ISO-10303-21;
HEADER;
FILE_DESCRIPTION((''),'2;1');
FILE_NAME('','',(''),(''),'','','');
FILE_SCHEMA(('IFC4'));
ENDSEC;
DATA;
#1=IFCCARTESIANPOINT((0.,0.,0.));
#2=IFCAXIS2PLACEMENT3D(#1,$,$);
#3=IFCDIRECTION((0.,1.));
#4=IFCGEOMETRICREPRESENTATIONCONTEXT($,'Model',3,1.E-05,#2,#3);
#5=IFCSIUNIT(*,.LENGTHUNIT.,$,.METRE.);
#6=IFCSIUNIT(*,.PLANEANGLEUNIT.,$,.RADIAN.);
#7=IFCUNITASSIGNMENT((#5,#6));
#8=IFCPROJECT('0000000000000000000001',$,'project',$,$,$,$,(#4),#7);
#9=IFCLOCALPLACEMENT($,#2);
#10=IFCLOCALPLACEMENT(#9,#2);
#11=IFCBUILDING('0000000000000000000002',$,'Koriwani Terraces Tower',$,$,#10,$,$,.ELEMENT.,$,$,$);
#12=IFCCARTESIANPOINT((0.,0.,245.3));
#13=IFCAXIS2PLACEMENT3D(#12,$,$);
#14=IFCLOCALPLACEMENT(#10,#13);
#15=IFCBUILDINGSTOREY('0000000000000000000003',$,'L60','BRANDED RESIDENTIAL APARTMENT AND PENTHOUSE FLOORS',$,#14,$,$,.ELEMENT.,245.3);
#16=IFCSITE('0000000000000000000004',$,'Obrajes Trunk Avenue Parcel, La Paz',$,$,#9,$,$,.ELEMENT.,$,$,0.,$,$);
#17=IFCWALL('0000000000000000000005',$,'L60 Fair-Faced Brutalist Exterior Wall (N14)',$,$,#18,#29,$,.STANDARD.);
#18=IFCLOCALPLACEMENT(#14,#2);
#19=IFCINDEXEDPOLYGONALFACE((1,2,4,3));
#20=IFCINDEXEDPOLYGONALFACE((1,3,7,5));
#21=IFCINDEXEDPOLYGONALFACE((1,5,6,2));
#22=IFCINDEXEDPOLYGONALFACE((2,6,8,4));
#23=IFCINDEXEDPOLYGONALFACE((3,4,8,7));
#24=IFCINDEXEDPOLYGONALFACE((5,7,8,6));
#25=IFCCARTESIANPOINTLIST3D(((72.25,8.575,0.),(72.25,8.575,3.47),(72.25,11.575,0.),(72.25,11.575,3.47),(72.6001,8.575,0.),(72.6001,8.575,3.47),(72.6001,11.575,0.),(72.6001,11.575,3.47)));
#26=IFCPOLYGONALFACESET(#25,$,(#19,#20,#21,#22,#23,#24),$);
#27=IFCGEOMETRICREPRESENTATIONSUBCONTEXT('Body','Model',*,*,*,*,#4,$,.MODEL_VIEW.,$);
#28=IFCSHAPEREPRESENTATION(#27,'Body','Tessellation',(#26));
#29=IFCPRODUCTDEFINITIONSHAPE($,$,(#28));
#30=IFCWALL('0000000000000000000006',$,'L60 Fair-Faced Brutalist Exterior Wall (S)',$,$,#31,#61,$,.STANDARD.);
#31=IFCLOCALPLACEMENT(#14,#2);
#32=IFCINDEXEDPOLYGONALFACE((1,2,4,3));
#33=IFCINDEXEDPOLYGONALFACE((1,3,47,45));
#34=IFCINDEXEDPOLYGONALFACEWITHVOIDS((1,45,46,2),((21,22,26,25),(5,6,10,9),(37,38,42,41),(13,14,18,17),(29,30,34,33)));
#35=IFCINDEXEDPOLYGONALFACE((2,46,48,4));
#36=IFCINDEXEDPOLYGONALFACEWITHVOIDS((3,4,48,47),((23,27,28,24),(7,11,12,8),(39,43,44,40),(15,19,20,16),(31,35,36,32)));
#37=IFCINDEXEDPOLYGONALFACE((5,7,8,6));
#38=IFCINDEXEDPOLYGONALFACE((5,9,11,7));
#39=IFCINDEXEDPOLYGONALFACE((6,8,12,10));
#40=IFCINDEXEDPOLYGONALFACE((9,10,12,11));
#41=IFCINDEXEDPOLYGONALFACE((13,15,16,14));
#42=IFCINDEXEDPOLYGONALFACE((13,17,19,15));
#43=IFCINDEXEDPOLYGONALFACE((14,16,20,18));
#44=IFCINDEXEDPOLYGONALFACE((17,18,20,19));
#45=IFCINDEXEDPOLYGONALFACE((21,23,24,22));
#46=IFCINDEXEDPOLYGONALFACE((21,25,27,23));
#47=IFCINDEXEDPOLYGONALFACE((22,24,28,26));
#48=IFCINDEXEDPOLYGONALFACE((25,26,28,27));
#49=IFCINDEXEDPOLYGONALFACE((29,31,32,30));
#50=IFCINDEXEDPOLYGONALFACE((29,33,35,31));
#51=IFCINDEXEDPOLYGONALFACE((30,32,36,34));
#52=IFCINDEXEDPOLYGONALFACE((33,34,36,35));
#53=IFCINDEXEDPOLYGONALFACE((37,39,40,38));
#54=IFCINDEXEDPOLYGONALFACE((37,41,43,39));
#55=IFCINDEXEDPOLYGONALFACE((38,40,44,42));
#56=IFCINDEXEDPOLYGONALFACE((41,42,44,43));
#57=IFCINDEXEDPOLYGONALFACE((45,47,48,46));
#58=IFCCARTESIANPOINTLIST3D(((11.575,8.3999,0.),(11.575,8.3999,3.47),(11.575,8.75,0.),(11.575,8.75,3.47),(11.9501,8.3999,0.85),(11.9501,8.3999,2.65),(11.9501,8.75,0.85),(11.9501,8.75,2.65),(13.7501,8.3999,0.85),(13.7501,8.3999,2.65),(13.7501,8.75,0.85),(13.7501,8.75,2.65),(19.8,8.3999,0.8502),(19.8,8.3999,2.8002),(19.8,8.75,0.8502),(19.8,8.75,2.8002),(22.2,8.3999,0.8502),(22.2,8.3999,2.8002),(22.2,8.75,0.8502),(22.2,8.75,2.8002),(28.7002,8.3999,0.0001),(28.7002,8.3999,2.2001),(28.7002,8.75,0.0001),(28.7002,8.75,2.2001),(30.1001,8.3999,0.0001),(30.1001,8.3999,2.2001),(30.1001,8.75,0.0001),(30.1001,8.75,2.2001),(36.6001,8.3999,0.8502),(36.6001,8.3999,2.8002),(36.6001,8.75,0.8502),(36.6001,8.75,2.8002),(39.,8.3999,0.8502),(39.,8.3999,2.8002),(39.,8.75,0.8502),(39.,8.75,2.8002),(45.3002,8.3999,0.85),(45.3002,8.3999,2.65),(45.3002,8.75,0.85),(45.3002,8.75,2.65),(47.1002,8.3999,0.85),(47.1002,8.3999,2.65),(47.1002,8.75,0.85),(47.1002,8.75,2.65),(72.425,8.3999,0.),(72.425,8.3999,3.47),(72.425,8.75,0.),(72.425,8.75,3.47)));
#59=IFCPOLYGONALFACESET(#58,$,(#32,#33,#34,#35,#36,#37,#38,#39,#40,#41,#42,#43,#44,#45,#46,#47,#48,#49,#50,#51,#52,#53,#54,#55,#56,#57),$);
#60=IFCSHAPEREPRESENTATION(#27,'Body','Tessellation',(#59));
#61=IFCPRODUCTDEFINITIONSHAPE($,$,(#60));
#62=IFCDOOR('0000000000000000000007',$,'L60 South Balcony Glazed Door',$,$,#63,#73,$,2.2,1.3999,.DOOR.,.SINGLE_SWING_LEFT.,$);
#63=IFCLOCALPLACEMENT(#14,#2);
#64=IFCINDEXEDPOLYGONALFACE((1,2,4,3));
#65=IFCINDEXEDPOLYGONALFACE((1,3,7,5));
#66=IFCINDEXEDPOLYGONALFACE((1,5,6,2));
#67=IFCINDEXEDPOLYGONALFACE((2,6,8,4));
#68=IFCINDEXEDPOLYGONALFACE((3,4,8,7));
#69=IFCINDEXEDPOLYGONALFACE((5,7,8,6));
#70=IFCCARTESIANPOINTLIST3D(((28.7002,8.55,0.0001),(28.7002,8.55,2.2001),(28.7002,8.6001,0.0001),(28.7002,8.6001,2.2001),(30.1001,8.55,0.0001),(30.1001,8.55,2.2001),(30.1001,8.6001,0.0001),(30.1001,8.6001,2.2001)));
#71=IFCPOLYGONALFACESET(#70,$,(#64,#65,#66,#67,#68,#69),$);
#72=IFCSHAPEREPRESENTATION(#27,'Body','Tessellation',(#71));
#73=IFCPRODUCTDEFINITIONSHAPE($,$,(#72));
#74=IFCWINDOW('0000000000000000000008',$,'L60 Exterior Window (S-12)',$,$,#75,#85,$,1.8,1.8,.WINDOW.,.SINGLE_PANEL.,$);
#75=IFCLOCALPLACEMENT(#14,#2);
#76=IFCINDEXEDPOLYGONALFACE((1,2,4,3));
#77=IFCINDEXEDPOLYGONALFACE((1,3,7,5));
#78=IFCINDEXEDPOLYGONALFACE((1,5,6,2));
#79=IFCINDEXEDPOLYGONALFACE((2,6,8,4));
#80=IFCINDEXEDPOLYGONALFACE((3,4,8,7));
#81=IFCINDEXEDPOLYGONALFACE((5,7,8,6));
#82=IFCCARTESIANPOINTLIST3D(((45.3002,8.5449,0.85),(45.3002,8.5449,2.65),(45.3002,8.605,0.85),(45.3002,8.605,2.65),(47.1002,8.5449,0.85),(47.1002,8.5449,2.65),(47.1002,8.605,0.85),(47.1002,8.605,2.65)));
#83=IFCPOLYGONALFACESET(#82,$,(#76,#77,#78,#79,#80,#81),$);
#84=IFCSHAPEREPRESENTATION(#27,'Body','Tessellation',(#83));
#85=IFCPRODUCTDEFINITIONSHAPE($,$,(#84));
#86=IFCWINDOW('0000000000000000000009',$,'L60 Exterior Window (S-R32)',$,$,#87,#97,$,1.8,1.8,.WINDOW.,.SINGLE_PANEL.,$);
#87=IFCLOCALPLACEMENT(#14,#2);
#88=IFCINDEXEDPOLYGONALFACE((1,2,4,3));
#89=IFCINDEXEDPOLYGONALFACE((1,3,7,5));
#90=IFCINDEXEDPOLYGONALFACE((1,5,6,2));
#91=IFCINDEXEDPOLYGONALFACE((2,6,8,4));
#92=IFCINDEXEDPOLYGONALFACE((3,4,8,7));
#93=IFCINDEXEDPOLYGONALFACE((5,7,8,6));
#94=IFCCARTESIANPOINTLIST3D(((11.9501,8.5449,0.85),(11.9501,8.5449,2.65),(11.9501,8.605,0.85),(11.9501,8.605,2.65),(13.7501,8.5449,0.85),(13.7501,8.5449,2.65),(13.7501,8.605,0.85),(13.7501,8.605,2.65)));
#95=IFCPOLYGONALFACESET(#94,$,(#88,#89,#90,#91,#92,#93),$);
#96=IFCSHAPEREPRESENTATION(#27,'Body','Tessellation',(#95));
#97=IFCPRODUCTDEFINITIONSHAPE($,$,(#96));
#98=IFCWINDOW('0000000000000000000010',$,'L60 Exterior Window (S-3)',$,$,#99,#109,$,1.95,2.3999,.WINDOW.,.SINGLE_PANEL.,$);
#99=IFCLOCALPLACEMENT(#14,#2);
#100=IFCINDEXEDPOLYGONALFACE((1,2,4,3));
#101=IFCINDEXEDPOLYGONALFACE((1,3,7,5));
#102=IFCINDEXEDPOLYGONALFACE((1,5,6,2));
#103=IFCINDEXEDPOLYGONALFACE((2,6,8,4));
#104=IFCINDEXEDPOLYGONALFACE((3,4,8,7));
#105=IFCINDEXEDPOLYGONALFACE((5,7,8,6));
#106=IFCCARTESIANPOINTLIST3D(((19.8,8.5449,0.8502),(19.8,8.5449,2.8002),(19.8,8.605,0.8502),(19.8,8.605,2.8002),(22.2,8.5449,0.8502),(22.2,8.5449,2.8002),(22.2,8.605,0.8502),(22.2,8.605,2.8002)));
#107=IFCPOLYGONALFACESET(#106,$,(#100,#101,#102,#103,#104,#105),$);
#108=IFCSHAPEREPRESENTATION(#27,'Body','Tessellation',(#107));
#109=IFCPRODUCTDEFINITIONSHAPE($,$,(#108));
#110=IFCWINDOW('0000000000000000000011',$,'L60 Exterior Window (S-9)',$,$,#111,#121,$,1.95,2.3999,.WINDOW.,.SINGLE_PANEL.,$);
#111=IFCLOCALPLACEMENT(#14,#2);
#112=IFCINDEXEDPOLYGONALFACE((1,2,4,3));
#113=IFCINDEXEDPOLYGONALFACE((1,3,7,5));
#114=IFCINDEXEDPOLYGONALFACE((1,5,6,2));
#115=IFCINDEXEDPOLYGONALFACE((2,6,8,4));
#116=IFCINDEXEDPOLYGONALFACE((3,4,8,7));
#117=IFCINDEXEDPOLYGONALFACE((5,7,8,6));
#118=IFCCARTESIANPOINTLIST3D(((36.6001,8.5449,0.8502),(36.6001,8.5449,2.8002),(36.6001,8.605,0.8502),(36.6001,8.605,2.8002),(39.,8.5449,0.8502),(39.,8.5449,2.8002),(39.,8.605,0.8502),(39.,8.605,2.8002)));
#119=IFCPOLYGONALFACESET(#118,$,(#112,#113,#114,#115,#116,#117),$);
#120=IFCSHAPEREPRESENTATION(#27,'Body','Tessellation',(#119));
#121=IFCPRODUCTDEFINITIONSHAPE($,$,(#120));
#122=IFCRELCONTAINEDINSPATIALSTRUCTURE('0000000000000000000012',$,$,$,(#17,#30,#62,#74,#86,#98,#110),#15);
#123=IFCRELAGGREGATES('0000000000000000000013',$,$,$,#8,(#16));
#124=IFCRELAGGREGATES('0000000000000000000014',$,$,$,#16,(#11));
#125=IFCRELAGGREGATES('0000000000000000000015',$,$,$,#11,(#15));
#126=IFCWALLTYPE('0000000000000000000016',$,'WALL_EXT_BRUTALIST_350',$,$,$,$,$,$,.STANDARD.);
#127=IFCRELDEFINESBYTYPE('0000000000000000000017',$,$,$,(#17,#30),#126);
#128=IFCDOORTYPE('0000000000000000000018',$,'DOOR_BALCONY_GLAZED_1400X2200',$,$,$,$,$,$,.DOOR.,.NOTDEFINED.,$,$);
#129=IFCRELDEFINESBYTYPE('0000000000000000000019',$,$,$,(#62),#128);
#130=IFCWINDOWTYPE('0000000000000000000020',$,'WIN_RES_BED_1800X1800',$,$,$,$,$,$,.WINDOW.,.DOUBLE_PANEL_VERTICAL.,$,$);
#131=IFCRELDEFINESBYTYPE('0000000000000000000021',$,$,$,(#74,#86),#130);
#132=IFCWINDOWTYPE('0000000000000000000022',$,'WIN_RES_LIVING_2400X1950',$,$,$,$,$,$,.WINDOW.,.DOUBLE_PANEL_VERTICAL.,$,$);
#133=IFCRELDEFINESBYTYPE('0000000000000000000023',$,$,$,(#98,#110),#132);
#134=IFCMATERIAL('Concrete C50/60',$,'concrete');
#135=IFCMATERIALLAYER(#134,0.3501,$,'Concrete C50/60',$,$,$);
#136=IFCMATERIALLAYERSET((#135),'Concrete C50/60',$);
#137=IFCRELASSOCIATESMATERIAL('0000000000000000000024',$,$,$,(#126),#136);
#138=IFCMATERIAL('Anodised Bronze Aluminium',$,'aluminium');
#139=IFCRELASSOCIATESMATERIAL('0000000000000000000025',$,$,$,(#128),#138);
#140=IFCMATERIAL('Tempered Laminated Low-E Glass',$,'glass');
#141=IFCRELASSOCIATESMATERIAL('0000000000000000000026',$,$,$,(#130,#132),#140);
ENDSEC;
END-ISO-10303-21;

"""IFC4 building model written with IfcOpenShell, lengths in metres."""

from ifc_helpers import new_model, si_unit, direction, frame, frame_2d, origin, place, context, subcontext, project, spatial, rectangle, extrude, material, layer, layer_set, type_object, element, fill, save


model = new_model("IFC4")

# Units and contexts
model_context = context("Model", 3, precision=1e-05, world=origin(), true_north=direction((0.0, 1.0)))
body_context = subcontext(model_context, "Body", "Model", "MODEL_VIEW")
ifc_project = project(units=[si_unit("LENGTHUNIT", "METRE"), si_unit("PLANEANGLEUNIT", "RADIAN")], contexts=[model_context])

# Site, building, storey
site_placement = place(None, origin())
site = spatial("IfcSite", under=ifc_project, at=site_placement, Name="Obrajes Trunk Avenue Parcel, La Paz", CompositionType="ELEMENT", RefElevation=0.0)
building_placement = place(site_placement, origin())
building = spatial("IfcBuilding", under=site, at=building_placement, Name="Koriwani Terraces Tower", CompositionType="ELEMENT")
storey_placement = place(building_placement, frame((0.0, 0.0, 245.3)))
storey = spatial("IfcBuildingStorey", under=building, at=storey_placement, Name="L60", Description="BRANDED RESIDENTIAL APARTMENT AND PENTHOUSE FLOORS", CompositionType="ELEMENT", Elevation=245.3)

# Shared definitions
ifc_material_1 = material(Name="Concrete C50/60", Category="concrete")

# Wall
ifc_layer_1 = layer(ifc_material_1, 0.3501, Name="Concrete C50/60")
ifc_layer_set_1 = layer_set([ifc_layer_1], Name="Concrete C50/60")
wall_type_1 = type_object("IfcWallType", Name="WALL_EXT_BRUTALIST_350", PredefinedType="STANDARD", material=ifc_layer_set_1)
wall_1_placement = place(storey_placement, frame((72.425, 11.575, 0.0), z_axis=(0.0, 0.0, 1.0), x_axis=(0.0, -1.0, 0.0)))
element("IfcWall", 1, at=wall_1_placement, inside=storey, type_object=wall_type_1, Name="L60 Fair-Faced Brutalist Exterior Wall (N14)", PredefinedType="STANDARD", context=body_context, shape_type="SweptSolid", body=[
    extrude(rectangle(XDim=3.0, YDim=0.3501, at=frame_2d((1.5, 0.0))), origin(), (0.0, 0.0, 1.0), 3.47),
])

# Wall, openings, door, windows
wall_2_placement = place(storey_placement, frame((72.425, 8.575, 0.0), z_axis=(0.0, 0.0, 1.0), x_axis=(-1.0, 0.0, 0.0)))
wall_2 = element("IfcWall", 2, at=wall_2_placement, inside=storey, type_object=wall_type_1, Name="L60 Fair-Faced Brutalist Exterior Wall (S)", PredefinedType="STANDARD", context=body_context, shape_type="SweptSolid", body=[
    extrude(rectangle(XDim=60.8501, YDim=0.3501, at=frame_2d((30.425, 0.0))), origin(), (0.0, 0.0, 1.0), 3.47),
])
opening_1_placement = place(wall_2_placement, frame((42.325, 0.0, 0.0)))
opening_1 = element("IfcOpeningElement", 3, at=opening_1_placement, cuts=wall_2, PredefinedType="OPENING", context=body_context, shape_type="SweptSolid", body=[
    extrude(rectangle(XDim=1.3999, YDim=2.2, at=frame_2d((0.7, 1.1001))), frame((0.0, 0.1851, 0.0), z_axis=(0.0, -1.0, 0.0), x_axis=(1.0, 0.0, 0.0)), (0.0, 0.0, 1.0), 0.3701),
])
opening_2_placement = place(wall_2_placement, frame((50.2251, 0.0, 0.8501)))
opening_2 = element("IfcOpeningElement", 4, at=opening_2_placement, cuts=wall_2, PredefinedType="OPENING", context=body_context, shape_type="SweptSolid", body=[
    extrude(rectangle(XDim=2.3999, YDim=1.95, at=frame_2d((1.2, 0.9751))), frame((0.0, 0.1851, 0.0), z_axis=(0.0, -1.0, 0.0), x_axis=(1.0, 0.0, 0.0)), (0.0, 0.0, 1.0), 0.3701),
])
opening_3_placement = place(wall_2_placement, frame((33.425, 0.0, 0.8501)))
opening_3 = element("IfcOpeningElement", 5, at=opening_3_placement, cuts=wall_2, PredefinedType="OPENING", context=body_context, shape_type="SweptSolid", body=[
    extrude(rectangle(XDim=2.3999, YDim=1.95, at=frame_2d((1.2, 0.9751))), frame((0.0, 0.1851, 0.0), z_axis=(0.0, -1.0, 0.0), x_axis=(1.0, 0.0, 0.0)), (0.0, 0.0, 1.0), 0.3701),
])
opening_4_placement = place(wall_2_placement, frame((25.325, 0.0, 0.8501)))
opening_4 = element("IfcOpeningElement", 6, at=opening_4_placement, cuts=wall_2, PredefinedType="OPENING", context=body_context, shape_type="SweptSolid", body=[
    extrude(rectangle(XDim=1.8, YDim=1.8, at=frame_2d((0.8999, 0.8999))), frame((0.0, 0.1851, 0.0), z_axis=(0.0, -1.0, 0.0), x_axis=(1.0, 0.0, 0.0)), (0.0, 0.0, 1.0), 0.3701),
])
opening_5_placement = place(wall_2_placement, frame((58.675, 0.0, 0.8501)))
opening_5 = element("IfcOpeningElement", 7, at=opening_5_placement, cuts=wall_2, PredefinedType="OPENING", context=body_context, shape_type="SweptSolid", body=[
    extrude(rectangle(XDim=1.8, YDim=1.8, at=frame_2d((0.8999, 0.8999))), frame((0.0, 0.1851, 0.0), z_axis=(0.0, -1.0, 0.0), x_axis=(1.0, 0.0, 0.0)), (0.0, 0.0, 1.0), 0.3701),
])
ifc_material_2 = material(Name="Anodised Bronze Aluminium", Category="aluminium")
door_type_1 = type_object("IfcDoorType", Name="DOOR_BALCONY_GLAZED_1400X2200", OperationType="NOTDEFINED", PredefinedType="DOOR", material=ifc_material_2)
door_1_placement = place(opening_1_placement, origin())
door_1 = element("IfcDoor", 8, at=door_1_placement, inside=storey, type_object=door_type_1, Name="L60 South Balcony Glazed Door", OperationType="SINGLE_SWING_LEFT", OverallHeight=2.2, OverallWidth=1.3999, PredefinedType="DOOR", context=body_context, shape_type="SweptSolid", body=[
    extrude(rectangle(XDim=1.3999, YDim=2.2, at=frame_2d((0.7, 1.1001))), frame((0.0, 0.0249, 0.0), z_axis=(0.0, -1.0, 0.0), x_axis=(1.0, 0.0, 0.0)), (0.0, 0.0, 1.0), 0.05),
])
fill(opening_1, door_1)
ifc_material_3 = material(Name="Tempered Laminated Low-E Glass", Category="glass")
window_type_1 = type_object("IfcWindowType", Name="WIN_RES_BED_1800X1800", PartitioningType="DOUBLE_PANEL_VERTICAL", PredefinedType="WINDOW", material=ifc_material_3)
window_1_placement = place(opening_4_placement, origin())
window_1 = element("IfcWindow", 9, at=window_1_placement, inside=storey, type_object=window_type_1, Name="L60 Exterior Window (S-12)", OverallHeight=1.8, OverallWidth=1.8, PartitioningType="SINGLE_PANEL", PredefinedType="WINDOW", context=body_context, shape_type="SweptSolid", body=[
    extrude(rectangle(XDim=1.8, YDim=1.8, at=frame_2d((0.8999, 0.8999))), frame((0.0, 0.03, 0.0), z_axis=(0.0, -1.0, 0.0), x_axis=(1.0, 0.0, 0.0)), (0.0, 0.0, 1.0), 0.0601),
])
fill(opening_4, window_1)
window_2_placement = place(opening_5_placement, origin())
window_2 = element("IfcWindow", 10, at=window_2_placement, inside=storey, type_object=window_type_1, Name="L60 Exterior Window (S-R32)", OverallHeight=1.8, OverallWidth=1.8, PartitioningType="SINGLE_PANEL", PredefinedType="WINDOW", context=body_context, shape_type="SweptSolid", body=[
    extrude(rectangle(XDim=1.8, YDim=1.8, at=frame_2d((0.8999, 0.8999))), frame((0.0, 0.03, 0.0), z_axis=(0.0, -1.0, 0.0), x_axis=(1.0, 0.0, 0.0)), (0.0, 0.0, 1.0), 0.0601),
])
fill(opening_5, window_2)
window_type_2 = type_object("IfcWindowType", Name="WIN_RES_LIVING_2400X1950", PartitioningType="DOUBLE_PANEL_VERTICAL", PredefinedType="WINDOW", material=ifc_material_3)
window_3_placement = place(opening_2_placement, origin())
window_3 = element("IfcWindow", 11, at=window_3_placement, inside=storey, type_object=window_type_2, Name="L60 Exterior Window (S-3)", OverallHeight=1.95, OverallWidth=2.3999, PartitioningType="SINGLE_PANEL", PredefinedType="WINDOW", context=body_context, shape_type="SweptSolid", body=[
    extrude(rectangle(XDim=2.3999, YDim=1.95, at=frame_2d((1.2, 0.9751))), frame((0.0, 0.03, 0.0), z_axis=(0.0, -1.0, 0.0), x_axis=(1.0, 0.0, 0.0)), (0.0, 0.0, 1.0), 0.0601),
])
fill(opening_2, window_3)
window_4_placement = place(opening_3_placement, origin())
window_4 = element("IfcWindow", 12, at=window_4_placement, inside=storey, type_object=window_type_2, Name="L60 Exterior Window (S-9)", OverallHeight=1.95, OverallWidth=2.3999, PartitioningType="SINGLE_PANEL", PredefinedType="WINDOW", context=body_context, shape_type="SweptSolid", body=[
    extrude(rectangle(XDim=2.3999, YDim=1.95, at=frame_2d((1.2, 0.9751))), frame((0.0, 0.03, 0.0), z_axis=(0.0, -1.0, 0.0), x_axis=(1.0, 0.0, 0.0)), (0.0, 0.0, 1.0), 0.0601),
])
fill(opening_3, window_4)

save(model, "model.ifc")
